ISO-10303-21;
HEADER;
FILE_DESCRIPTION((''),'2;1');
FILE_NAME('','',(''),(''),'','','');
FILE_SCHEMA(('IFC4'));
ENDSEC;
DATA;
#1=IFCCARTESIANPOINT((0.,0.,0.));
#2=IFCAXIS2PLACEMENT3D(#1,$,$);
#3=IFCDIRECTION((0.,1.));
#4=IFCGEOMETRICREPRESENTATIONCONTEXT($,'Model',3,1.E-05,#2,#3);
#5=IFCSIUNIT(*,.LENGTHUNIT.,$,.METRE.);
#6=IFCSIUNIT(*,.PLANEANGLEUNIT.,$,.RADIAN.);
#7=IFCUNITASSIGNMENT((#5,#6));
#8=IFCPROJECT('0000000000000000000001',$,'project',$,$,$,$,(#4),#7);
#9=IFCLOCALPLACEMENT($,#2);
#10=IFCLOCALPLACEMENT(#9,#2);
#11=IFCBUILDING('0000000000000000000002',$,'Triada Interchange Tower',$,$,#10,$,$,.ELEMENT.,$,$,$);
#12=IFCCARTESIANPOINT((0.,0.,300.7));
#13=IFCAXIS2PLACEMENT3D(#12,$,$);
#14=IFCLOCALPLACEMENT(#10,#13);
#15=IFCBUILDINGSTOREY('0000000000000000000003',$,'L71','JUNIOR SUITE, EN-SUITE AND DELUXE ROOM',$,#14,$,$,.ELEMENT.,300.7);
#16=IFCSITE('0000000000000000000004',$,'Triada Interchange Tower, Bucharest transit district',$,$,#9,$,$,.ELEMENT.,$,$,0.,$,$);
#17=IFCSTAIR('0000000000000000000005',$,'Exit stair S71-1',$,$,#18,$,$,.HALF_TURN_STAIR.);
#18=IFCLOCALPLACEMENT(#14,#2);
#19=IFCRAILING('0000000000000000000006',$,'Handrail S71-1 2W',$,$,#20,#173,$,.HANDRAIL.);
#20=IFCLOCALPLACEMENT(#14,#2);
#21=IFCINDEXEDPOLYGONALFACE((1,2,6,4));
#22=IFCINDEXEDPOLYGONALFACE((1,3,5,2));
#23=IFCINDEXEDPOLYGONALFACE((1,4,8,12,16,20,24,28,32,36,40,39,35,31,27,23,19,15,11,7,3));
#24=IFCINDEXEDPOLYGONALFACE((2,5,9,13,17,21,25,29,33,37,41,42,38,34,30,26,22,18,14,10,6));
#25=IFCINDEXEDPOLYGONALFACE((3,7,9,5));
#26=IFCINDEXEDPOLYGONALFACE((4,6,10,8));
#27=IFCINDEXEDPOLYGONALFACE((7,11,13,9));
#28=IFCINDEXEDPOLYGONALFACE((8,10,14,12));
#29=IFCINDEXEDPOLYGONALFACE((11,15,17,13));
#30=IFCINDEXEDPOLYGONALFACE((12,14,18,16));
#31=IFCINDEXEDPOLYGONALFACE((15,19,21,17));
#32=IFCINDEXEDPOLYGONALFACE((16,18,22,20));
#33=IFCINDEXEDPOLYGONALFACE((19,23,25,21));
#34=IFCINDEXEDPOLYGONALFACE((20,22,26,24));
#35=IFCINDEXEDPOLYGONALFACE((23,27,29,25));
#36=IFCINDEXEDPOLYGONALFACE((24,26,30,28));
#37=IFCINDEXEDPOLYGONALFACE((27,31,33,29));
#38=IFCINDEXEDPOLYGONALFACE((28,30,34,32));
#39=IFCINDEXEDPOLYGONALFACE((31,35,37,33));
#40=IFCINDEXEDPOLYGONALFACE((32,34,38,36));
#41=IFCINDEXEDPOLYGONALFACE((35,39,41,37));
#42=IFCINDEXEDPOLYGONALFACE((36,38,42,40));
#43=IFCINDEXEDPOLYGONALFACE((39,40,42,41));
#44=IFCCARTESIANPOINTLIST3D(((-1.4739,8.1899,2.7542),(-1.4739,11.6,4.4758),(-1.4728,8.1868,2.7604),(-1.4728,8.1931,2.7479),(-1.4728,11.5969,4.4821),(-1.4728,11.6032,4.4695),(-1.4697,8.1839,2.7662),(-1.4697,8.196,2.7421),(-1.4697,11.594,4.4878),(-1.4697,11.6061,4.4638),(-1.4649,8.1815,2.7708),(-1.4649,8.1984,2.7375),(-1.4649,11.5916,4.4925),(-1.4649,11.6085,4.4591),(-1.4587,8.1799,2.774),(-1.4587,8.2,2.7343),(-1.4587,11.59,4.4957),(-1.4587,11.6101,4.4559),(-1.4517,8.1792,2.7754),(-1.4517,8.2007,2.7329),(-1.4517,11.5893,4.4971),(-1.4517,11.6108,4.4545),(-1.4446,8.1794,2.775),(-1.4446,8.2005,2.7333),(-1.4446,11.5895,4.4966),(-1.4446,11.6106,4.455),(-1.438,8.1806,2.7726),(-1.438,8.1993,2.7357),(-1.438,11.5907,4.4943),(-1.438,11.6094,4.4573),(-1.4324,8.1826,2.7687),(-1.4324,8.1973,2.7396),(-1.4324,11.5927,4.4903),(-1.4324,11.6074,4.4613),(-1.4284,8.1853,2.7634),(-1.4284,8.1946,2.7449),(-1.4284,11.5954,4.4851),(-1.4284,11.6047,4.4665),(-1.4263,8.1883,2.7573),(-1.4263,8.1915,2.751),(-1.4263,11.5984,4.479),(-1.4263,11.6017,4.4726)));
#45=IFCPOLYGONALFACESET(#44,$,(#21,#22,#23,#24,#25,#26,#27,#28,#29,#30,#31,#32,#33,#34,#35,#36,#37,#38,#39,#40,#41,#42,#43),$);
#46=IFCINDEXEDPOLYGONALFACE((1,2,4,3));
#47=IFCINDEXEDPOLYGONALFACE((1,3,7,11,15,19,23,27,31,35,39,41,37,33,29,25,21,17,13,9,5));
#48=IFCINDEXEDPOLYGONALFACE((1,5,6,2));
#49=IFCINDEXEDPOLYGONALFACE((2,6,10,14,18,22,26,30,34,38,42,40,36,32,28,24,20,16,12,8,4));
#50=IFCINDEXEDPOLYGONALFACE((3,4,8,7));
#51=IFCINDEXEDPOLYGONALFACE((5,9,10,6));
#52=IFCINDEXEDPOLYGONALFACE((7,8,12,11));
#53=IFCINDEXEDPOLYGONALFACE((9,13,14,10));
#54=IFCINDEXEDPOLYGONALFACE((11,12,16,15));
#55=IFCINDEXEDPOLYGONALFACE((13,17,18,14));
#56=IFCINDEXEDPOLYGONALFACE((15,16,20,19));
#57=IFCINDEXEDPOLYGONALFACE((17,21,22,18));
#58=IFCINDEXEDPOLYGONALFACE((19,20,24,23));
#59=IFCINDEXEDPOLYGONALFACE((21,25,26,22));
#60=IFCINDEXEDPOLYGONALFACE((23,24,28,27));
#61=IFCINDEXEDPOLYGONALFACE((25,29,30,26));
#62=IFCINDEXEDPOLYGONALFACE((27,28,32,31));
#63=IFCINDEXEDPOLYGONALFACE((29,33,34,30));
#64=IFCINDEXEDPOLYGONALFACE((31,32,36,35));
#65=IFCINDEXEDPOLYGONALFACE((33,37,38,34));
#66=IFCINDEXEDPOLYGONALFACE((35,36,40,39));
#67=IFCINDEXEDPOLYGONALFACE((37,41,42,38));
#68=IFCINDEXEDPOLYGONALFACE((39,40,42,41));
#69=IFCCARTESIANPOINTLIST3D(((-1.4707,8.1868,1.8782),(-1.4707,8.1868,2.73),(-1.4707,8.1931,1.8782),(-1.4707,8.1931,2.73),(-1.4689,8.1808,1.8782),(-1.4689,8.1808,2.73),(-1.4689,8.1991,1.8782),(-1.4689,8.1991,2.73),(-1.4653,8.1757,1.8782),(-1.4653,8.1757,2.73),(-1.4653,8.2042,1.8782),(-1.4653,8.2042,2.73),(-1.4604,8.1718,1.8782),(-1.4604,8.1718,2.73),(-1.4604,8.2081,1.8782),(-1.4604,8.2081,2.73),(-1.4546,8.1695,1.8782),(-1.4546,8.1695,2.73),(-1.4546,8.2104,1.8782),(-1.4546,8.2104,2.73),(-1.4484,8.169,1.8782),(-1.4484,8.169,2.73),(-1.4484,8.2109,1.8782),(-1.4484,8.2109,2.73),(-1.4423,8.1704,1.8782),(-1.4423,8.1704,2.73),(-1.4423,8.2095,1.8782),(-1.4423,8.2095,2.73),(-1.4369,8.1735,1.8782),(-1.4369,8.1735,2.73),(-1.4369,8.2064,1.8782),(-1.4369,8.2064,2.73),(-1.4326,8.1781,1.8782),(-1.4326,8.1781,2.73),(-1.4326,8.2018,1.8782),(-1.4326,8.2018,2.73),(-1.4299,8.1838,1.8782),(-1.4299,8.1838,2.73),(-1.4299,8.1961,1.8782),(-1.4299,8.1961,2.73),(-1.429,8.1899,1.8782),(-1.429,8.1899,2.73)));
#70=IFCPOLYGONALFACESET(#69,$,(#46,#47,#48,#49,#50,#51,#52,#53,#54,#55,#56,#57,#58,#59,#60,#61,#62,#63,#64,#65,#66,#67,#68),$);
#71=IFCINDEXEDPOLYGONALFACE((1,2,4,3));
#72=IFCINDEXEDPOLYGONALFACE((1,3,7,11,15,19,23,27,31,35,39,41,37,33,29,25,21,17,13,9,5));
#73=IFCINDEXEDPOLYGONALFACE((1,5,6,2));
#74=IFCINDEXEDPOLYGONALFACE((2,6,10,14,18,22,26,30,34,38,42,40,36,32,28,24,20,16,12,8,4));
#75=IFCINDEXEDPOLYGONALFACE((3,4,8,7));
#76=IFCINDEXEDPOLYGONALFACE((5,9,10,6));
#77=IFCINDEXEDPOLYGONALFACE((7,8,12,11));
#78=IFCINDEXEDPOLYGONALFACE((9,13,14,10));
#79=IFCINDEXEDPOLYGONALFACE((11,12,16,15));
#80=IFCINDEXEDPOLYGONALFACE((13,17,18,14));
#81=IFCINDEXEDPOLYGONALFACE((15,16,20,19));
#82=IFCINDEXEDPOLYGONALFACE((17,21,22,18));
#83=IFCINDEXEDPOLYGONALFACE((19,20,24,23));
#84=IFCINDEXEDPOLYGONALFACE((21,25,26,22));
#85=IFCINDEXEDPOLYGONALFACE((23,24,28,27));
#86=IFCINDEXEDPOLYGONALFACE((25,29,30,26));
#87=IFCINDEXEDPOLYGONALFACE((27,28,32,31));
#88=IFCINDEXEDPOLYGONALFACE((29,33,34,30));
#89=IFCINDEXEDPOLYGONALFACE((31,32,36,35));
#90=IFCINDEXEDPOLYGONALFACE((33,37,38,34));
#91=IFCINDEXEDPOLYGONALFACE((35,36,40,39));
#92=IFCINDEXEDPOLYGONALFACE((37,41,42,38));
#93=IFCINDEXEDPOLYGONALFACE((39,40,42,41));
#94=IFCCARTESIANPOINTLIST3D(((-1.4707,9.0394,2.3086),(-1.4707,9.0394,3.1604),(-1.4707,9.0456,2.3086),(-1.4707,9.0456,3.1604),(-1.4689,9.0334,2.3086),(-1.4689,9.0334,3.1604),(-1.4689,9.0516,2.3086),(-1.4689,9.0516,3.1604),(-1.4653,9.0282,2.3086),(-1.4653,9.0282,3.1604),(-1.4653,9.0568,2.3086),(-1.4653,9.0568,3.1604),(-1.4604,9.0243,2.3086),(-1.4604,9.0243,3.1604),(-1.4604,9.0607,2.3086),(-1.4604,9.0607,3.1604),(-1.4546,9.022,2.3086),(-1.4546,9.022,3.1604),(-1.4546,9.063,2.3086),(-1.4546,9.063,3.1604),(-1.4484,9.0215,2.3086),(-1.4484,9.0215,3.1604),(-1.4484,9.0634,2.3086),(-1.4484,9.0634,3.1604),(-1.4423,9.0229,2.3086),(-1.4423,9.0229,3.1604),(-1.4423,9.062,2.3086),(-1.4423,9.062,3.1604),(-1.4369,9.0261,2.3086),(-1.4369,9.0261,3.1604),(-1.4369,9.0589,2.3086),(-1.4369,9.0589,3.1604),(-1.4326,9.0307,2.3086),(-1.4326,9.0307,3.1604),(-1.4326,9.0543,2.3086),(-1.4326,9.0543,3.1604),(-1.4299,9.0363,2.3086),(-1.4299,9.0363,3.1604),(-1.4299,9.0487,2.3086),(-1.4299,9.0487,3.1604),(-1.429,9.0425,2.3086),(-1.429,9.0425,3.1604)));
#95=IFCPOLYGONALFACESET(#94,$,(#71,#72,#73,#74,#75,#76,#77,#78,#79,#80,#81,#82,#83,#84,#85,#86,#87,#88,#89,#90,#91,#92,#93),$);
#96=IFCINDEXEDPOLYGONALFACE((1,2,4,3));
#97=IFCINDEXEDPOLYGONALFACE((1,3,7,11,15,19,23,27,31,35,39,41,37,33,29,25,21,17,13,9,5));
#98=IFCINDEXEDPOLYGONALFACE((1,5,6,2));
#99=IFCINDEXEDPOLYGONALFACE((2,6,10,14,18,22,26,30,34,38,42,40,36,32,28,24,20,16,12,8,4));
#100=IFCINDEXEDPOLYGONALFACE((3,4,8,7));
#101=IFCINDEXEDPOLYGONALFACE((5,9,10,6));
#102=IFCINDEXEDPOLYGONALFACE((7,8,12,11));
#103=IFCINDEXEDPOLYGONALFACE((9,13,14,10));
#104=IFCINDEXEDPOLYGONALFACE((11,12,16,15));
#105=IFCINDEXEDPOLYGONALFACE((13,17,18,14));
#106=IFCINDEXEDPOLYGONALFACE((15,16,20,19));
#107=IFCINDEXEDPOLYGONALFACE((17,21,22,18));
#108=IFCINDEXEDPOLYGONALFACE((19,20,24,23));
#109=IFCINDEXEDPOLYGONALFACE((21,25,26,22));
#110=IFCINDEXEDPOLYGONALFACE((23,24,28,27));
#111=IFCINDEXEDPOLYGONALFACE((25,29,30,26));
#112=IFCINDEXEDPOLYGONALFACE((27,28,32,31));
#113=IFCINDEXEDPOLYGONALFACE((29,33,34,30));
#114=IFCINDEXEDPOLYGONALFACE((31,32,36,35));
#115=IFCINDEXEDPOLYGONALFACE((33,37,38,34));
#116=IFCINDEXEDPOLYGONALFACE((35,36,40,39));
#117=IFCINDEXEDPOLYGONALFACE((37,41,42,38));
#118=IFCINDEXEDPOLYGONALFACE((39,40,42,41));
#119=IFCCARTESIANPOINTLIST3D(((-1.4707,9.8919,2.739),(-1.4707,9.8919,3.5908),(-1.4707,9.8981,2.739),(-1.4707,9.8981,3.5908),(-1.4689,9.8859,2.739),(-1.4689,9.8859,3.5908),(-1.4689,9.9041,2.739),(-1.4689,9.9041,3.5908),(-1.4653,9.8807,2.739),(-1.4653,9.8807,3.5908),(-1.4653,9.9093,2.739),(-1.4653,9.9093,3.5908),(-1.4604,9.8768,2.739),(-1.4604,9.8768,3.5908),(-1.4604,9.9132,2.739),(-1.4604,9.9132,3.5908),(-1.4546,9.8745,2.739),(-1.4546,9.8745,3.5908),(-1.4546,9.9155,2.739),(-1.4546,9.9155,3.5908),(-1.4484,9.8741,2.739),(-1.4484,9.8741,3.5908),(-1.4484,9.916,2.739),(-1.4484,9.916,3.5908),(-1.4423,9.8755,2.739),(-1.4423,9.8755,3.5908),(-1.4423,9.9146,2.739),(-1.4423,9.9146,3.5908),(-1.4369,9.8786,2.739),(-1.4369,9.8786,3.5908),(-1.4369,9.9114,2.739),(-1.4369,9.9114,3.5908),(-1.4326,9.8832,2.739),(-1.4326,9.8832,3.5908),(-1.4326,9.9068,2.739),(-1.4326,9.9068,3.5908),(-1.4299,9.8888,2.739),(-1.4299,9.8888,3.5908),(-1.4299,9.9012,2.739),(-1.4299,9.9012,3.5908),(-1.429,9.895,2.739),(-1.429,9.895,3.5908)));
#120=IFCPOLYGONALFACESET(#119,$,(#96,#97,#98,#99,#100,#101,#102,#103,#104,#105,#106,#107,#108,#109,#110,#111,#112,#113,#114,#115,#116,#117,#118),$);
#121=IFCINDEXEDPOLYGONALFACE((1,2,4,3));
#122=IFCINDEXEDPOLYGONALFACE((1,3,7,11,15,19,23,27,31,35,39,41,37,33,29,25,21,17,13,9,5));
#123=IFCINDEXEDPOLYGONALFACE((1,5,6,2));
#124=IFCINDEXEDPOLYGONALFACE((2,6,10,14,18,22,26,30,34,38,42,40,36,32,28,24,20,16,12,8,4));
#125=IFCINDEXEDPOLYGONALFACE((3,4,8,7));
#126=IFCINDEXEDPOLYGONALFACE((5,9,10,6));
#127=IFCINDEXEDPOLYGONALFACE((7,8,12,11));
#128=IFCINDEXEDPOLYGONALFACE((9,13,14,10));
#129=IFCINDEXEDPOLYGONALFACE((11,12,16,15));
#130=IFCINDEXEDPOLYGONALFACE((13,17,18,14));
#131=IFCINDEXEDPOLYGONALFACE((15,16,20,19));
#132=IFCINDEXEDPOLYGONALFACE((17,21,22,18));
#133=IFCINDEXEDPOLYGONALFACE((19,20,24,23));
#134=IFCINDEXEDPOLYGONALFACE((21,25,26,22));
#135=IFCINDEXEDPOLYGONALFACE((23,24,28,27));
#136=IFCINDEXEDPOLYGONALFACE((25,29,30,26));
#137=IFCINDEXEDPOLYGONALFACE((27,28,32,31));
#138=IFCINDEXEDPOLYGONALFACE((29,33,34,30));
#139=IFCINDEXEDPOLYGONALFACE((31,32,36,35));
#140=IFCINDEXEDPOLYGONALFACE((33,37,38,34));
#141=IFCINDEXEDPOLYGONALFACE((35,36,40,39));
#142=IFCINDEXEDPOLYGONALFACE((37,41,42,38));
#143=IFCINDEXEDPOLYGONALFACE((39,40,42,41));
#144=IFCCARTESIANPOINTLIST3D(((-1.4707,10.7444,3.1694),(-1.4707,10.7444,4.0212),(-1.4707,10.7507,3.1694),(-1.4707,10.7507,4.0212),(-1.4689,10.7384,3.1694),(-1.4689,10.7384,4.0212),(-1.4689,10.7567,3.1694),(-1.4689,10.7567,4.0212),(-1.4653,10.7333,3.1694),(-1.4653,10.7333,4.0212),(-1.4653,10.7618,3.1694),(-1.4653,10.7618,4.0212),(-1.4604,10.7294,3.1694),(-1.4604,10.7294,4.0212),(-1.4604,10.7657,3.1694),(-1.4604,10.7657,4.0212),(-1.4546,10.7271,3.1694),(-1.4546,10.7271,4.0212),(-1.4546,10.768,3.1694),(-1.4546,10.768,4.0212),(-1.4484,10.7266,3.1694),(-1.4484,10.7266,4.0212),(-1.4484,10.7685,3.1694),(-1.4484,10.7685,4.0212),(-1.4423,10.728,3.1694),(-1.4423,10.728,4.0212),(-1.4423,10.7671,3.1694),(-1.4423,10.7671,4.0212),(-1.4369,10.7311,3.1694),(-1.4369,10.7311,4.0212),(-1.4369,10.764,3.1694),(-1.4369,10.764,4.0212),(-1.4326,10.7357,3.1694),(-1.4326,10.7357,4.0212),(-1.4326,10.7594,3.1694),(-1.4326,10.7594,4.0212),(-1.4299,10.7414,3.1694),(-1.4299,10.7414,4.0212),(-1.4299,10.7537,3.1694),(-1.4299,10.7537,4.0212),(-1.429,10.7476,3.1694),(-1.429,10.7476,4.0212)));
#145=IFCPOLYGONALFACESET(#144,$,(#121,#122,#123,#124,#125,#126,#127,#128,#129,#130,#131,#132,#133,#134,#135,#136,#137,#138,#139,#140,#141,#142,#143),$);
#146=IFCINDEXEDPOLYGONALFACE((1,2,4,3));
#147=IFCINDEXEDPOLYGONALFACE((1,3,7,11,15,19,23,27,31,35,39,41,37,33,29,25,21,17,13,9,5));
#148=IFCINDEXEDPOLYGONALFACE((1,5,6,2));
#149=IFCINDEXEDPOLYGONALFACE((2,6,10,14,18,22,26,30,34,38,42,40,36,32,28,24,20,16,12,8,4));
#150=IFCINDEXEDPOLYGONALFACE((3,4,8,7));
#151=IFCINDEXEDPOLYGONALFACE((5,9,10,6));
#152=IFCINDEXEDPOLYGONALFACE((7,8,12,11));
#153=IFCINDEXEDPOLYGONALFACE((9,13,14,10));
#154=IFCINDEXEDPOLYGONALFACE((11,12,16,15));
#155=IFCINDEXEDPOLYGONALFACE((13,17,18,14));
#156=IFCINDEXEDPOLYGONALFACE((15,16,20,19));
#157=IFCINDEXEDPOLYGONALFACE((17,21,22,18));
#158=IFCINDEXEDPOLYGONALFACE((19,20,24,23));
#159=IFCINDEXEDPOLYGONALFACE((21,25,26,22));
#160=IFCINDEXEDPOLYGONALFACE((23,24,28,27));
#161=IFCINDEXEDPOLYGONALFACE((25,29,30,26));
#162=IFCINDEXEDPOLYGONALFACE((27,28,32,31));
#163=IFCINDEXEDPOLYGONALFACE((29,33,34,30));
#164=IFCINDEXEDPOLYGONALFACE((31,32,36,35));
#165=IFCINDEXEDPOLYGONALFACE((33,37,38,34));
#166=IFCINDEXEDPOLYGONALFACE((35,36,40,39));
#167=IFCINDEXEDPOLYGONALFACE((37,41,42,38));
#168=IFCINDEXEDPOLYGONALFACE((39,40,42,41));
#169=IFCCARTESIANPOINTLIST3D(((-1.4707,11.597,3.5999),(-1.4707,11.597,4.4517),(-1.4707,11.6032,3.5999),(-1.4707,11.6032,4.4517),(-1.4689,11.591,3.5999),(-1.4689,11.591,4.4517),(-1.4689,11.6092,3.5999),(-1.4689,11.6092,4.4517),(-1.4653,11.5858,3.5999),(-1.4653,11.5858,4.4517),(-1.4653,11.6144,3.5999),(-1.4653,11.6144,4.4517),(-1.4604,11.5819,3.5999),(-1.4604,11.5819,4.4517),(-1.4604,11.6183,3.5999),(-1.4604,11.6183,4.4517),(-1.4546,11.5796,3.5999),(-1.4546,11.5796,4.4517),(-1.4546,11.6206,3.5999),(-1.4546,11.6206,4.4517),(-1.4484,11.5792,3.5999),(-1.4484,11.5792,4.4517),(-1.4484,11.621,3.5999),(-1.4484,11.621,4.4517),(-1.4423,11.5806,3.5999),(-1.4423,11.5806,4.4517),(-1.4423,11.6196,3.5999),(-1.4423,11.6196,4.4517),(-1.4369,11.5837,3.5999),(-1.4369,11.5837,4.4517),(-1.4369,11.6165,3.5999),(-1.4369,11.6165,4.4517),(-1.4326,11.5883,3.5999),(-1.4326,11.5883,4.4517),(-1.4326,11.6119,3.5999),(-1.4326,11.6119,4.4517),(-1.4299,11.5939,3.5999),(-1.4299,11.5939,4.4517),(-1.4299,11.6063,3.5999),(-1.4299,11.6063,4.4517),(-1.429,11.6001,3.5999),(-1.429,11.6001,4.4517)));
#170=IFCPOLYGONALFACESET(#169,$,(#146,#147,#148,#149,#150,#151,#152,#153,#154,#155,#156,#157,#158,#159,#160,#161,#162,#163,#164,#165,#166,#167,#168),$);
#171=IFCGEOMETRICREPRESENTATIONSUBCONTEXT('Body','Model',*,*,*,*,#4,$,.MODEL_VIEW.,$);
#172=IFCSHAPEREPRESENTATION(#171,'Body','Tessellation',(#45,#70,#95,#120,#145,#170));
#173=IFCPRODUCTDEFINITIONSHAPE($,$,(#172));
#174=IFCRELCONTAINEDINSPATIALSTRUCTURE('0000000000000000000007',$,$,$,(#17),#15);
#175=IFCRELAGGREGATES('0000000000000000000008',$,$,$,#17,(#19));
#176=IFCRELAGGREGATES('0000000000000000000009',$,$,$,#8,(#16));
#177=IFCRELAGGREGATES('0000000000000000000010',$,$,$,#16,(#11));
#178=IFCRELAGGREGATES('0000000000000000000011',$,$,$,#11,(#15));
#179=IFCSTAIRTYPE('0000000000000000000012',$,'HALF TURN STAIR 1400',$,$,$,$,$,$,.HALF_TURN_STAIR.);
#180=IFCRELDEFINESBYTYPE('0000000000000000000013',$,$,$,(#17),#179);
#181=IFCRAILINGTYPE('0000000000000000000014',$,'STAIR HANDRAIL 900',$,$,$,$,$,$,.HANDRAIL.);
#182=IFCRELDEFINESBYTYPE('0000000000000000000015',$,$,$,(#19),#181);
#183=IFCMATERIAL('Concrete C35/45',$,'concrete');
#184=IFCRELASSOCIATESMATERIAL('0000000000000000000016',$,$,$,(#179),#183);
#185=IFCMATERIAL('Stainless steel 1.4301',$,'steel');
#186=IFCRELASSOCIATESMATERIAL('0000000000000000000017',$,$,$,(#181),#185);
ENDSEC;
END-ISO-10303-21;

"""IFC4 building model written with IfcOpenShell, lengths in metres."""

from ifc_helpers import new_model, si_unit, direction, frame, origin, origin_2d, place, context, subcontext, project, spatial, circle, extrude, material, type_object, element, aggregate, save


model = new_model("IFC4")

# Units and contexts
model_context = context("Model", 3, precision=1e-05, world=origin(), true_north=direction((0.0, 1.0)))
body_context = subcontext(model_context, "Body", "Model", "MODEL_VIEW")
ifc_project = project(units=[si_unit("LENGTHUNIT", "METRE"), si_unit("PLANEANGLEUNIT", "RADIAN")], contexts=[model_context])

# Site, building, storey
site_placement = place(None, origin())
site = spatial("IfcSite", under=ifc_project, at=site_placement, Name="Triada Interchange Tower, Bucharest transit district", CompositionType="ELEMENT", RefElevation=0.0)
building_placement = place(site_placement, origin())
building = spatial("IfcBuilding", under=site, at=building_placement, Name="Triada Interchange Tower", CompositionType="ELEMENT")
storey_placement = place(building_placement, frame((0.0, 0.0, 300.7)))
storey = spatial("IfcBuildingStorey", under=building, at=storey_placement, Name="L71", Description="JUNIOR SUITE, EN-SUITE AND DELUXE ROOM", CompositionType="ELEMENT", Elevation=300.7)

# Stair
ifc_material_1 = material(Name="Concrete C35/45", Category="concrete")
stair_type = type_object("IfcStairType", Name="HALF TURN STAIR 1400", PredefinedType="HALF_TURN_STAIR", material=ifc_material_1)
stair_placement = place(storey_placement, origin())
stair = element("IfcStair", 1, at=stair_placement, inside=storey, type_object=stair_type, Name="Exit stair S71-1", PredefinedType="HALF_TURN_STAIR")

# Railing
ifc_material_2 = material(Name="Stainless steel 1.4301", Category="steel")
railing_type = type_object("IfcRailingType", Name="STAIR HANDRAIL 900", PredefinedType="HANDRAIL", material=ifc_material_2)
railing_1_placement = place(storey_placement, frame((-1.45, 8.1899, 1.8782)))
railing_1 = element("IfcRailing", 2, at=railing_1_placement, type_object=railing_type, Name="Handrail S71-1 2W", PredefinedType="HANDRAIL", context=body_context, shape_type="SweptSolid", body=[
    extrude(circle(Radius=0.0239, at=origin_2d()), frame((0.0, 0.0, 0.876), z_axis=(0.0, 0.892682, 0.450687), x_axis=(-1.0, 0.0, 0.0)), (0.0, 0.0, 1.0), 3.8201),
    extrude(circle(Radius=0.021, at=origin_2d()), origin(), (0.0, 0.0, 1.0), 0.8518),
    extrude(circle(Radius=0.021, at=origin_2d()), frame((0.0, 0.8525, 0.4304)), (0.0, 0.0, 1.0), 0.8518),
    extrude(circle(Radius=0.021, at=origin_2d()), frame((0.0, 1.7051, 0.8608)), (0.0, 0.0, 1.0), 0.8518),
    extrude(circle(Radius=0.021, at=origin_2d()), frame((0.0, 2.5576, 1.2913)), (0.0, 0.0, 1.0), 0.8518),
    extrude(circle(Radius=0.021, at=origin_2d()), frame((0.0, 3.4102, 1.7217)), (0.0, 0.0, 1.0), 0.8518),
])
aggregate(stair, [railing_1])

save(model, "model.ifc")
